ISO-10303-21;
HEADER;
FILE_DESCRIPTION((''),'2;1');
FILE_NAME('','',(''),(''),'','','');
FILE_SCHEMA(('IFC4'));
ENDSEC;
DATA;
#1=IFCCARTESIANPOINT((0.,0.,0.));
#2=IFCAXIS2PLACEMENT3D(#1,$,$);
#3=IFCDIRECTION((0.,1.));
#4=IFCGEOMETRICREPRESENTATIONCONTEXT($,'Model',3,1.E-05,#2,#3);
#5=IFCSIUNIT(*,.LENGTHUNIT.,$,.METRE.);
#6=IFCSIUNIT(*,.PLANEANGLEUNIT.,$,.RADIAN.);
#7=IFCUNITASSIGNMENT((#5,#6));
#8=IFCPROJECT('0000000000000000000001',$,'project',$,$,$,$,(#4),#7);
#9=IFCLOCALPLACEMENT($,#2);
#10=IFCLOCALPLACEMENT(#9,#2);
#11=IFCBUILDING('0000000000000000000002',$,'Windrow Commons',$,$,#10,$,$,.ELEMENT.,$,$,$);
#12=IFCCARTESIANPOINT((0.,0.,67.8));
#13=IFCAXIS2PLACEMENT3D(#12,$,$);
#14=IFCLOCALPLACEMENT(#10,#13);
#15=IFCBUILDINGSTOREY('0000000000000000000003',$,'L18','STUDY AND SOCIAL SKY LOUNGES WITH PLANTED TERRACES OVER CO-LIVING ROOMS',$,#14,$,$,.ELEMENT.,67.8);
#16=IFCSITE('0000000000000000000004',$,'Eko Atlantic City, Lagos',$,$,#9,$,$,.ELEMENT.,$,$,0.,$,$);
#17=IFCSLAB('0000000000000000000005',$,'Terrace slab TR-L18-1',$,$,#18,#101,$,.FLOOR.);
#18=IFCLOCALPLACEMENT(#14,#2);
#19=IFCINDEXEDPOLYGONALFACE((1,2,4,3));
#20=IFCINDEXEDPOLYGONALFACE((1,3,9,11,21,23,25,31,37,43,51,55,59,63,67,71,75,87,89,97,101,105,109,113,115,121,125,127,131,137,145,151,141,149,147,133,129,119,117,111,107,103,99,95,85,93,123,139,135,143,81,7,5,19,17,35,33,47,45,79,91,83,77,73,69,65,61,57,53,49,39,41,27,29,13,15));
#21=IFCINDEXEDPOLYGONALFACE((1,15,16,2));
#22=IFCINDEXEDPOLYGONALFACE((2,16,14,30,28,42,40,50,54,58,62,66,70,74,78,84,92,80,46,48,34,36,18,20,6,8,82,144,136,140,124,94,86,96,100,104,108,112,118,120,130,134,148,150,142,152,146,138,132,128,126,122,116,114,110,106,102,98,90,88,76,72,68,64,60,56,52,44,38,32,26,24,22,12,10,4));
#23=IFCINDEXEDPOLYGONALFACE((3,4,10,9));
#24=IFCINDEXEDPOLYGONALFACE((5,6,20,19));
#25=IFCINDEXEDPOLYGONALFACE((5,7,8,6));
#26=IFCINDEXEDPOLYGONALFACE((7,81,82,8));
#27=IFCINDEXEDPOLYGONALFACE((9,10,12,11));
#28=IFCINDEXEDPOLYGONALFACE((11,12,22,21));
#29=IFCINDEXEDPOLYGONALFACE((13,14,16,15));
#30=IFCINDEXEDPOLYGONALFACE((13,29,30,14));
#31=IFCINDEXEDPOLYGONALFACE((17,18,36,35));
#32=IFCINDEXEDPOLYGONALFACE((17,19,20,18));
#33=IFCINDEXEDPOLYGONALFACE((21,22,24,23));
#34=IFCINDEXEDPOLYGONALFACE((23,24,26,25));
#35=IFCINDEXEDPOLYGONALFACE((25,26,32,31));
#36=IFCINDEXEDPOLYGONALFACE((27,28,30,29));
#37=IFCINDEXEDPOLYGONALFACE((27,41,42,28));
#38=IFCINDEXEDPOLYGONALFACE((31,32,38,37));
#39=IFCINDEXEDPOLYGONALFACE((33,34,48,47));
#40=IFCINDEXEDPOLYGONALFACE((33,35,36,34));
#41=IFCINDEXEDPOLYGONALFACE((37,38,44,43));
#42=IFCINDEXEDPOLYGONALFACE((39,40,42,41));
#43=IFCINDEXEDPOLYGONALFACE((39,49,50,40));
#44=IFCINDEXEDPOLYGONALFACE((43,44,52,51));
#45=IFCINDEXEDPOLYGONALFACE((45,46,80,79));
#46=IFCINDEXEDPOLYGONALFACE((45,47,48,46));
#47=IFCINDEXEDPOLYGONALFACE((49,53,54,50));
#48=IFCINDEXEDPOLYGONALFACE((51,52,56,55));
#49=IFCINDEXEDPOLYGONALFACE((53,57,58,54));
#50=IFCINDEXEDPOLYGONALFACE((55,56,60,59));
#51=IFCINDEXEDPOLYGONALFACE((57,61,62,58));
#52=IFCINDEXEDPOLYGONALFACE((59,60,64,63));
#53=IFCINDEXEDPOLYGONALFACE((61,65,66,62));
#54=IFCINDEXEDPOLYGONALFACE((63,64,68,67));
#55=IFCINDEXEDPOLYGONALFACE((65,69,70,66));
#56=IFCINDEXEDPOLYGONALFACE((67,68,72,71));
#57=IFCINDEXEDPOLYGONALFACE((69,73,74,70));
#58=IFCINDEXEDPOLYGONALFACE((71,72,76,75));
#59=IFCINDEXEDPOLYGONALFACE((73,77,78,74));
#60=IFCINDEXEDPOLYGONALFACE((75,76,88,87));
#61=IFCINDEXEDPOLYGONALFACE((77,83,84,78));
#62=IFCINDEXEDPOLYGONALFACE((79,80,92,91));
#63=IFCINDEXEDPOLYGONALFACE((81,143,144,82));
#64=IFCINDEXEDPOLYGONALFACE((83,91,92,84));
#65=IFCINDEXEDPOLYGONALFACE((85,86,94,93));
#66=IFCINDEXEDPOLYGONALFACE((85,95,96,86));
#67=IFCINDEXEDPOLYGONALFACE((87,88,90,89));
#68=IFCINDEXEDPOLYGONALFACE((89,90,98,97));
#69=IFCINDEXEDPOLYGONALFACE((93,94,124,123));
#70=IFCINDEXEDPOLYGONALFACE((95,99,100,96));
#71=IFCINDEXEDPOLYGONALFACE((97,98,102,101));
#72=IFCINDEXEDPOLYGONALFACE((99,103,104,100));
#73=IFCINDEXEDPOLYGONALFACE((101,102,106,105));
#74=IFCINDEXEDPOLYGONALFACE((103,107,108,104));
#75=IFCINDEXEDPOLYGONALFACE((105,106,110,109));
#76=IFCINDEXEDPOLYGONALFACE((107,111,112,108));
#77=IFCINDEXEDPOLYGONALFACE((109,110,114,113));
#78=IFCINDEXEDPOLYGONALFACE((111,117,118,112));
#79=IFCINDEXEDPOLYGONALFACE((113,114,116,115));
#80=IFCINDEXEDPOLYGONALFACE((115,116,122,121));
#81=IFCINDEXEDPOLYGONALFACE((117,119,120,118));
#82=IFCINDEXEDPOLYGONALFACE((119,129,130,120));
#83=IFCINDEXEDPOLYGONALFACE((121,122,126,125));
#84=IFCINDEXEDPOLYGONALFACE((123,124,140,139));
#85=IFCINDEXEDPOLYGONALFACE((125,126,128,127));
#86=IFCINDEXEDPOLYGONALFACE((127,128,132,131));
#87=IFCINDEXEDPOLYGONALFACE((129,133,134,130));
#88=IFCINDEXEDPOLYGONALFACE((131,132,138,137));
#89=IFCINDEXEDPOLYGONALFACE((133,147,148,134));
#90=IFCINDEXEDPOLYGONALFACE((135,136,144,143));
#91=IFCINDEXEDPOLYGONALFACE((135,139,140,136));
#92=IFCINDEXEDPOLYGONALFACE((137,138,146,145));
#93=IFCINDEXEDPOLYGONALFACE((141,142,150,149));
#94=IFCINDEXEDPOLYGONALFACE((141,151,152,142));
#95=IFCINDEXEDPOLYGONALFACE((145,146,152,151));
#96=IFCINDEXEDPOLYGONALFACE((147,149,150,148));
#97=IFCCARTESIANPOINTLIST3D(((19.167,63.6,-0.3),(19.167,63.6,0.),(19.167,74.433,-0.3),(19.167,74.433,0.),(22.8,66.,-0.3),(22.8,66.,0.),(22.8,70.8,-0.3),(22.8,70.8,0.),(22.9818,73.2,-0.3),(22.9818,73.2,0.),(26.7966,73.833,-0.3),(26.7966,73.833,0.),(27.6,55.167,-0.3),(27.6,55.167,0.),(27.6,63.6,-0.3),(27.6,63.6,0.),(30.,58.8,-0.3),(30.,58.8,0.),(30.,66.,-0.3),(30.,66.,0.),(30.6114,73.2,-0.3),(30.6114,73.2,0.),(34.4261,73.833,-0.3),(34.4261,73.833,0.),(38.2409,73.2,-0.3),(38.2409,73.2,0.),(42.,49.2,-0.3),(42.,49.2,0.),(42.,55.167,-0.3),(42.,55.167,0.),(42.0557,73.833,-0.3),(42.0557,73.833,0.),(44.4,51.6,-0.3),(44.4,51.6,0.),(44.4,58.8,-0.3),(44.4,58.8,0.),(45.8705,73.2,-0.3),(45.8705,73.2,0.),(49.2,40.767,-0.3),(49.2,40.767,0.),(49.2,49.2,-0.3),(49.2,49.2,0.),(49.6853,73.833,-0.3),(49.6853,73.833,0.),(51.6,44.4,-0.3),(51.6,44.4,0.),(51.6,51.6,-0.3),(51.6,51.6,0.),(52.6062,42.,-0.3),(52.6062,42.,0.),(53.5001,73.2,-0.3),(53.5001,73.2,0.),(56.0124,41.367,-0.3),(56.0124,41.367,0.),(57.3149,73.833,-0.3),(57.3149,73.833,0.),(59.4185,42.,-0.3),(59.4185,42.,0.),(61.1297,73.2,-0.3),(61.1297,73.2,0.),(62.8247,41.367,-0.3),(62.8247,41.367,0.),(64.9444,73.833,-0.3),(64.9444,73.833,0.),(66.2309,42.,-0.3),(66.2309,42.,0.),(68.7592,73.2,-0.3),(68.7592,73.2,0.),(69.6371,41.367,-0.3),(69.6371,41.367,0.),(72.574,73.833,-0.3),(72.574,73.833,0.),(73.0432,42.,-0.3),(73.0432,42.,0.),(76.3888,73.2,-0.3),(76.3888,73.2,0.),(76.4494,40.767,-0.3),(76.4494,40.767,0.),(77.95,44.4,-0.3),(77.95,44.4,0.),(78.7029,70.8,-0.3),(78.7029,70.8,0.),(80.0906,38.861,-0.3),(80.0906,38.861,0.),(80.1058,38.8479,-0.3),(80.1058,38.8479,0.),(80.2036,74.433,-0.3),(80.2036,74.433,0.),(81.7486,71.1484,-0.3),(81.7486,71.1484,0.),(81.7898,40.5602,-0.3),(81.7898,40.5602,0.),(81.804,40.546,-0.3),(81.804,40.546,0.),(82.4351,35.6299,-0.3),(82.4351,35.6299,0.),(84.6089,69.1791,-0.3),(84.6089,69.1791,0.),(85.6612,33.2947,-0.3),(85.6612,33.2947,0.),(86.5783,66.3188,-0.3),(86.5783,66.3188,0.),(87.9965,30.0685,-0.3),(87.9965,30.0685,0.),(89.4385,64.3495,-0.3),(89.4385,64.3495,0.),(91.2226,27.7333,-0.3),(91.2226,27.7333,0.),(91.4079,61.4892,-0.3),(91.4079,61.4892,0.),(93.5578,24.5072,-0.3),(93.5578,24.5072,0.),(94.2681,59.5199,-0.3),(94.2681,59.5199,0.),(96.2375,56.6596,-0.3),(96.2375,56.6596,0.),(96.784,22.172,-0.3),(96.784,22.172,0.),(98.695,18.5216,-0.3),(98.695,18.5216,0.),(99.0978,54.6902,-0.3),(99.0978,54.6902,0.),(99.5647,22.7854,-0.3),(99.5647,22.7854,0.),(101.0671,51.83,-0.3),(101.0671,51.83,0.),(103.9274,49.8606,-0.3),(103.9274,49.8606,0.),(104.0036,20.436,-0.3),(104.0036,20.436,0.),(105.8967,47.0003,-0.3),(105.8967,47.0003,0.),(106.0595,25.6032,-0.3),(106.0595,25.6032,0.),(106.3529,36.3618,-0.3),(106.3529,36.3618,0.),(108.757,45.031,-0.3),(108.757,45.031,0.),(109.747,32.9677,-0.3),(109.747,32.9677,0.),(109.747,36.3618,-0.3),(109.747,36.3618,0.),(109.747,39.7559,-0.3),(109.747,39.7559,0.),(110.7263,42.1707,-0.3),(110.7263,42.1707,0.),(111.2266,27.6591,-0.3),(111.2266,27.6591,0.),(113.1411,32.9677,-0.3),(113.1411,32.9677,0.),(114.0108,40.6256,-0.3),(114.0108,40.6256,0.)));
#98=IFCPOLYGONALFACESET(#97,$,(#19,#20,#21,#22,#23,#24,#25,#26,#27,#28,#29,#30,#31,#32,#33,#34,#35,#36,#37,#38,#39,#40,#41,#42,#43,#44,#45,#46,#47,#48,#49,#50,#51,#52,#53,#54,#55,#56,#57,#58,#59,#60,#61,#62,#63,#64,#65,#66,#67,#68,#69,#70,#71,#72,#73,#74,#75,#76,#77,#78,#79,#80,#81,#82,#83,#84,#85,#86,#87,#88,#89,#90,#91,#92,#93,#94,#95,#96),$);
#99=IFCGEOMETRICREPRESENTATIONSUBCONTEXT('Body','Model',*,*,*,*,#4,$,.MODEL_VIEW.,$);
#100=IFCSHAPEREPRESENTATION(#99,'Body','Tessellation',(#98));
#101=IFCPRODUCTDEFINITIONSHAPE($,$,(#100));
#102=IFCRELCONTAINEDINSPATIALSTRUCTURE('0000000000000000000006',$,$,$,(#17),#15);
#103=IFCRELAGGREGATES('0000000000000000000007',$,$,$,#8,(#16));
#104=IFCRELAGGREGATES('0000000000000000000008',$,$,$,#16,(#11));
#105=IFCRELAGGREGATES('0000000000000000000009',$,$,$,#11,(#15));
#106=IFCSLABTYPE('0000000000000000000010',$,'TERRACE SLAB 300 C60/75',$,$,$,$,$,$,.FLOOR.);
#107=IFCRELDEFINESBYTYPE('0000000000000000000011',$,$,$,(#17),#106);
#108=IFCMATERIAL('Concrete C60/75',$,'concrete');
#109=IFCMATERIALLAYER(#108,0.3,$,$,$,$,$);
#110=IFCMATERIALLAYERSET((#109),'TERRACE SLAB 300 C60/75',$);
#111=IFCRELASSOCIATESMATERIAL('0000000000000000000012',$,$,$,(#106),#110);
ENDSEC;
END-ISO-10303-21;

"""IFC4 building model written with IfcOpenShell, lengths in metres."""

from ifc_helpers import new_model, si_unit, direction, frame, origin, place, context, subcontext, project, spatial, polyline, outline, extrude, material, layer, layer_set, type_object, element, save


model = new_model("IFC4")

# Units and contexts
model_context = context("Model", 3, precision=1e-05, world=origin(), true_north=direction((0.0, 1.0)))
body_context = subcontext(model_context, "Body", "Model", "MODEL_VIEW")
ifc_project = project(units=[si_unit("LENGTHUNIT", "METRE"), si_unit("PLANEANGLEUNIT", "RADIAN")], contexts=[model_context])

# Site, building, storey
site_placement = place(None, origin())
site = spatial("IfcSite", under=ifc_project, at=site_placement, Name="Eko Atlantic City, Lagos", CompositionType="ELEMENT", RefElevation=0.0)
building_placement = place(site_placement, origin())
building = spatial("IfcBuilding", under=site, at=building_placement, Name="Windrow Commons", CompositionType="ELEMENT")
storey_placement = place(building_placement, frame((0.0, 0.0, 67.8)))
storey = spatial("IfcBuildingStorey", under=building, at=storey_placement, Name="L18", Description="STUDY AND SOCIAL SKY LOUNGES WITH PLANTED TERRACES OVER CO-LIVING ROOMS", CompositionType="ELEMENT", Elevation=67.8)

# Shared definitions
placement_1 = place(storey_placement, frame((0.0, 0.0, -0.3)))

# Slab
ifc_material_1 = material(Name="Concrete C60/75", Category="concrete")
ifc_layer_1 = layer(ifc_material_1, 0.3)
ifc_layer_set_1 = layer_set([ifc_layer_1], Name="TERRACE SLAB 300 C60/75")
slab_type_1 = type_object("IfcSlabType", Name="TERRACE SLAB 300 C60/75", PredefinedType="FLOOR", material=ifc_layer_set_1)
element("IfcSlab", 1, at=placement_1, inside=storey, type_object=slab_type_1, Name="Terrace slab TR-L18-1", PredefinedType="FLOOR", context=body_context, shape_type="SweptSolid", body=[
    extrude(outline(polyline([(87.9965, 30.0685), (91.2226, 27.7333), (93.5578, 24.5072), (96.784, 22.172), (98.695, 18.5216), (104.0036, 20.436), (106.0595, 25.6032), (111.2266, 27.6591), (113.1411, 32.9677), (109.747, 36.3618), (114.0108, 40.6256), (110.7263, 42.1707), (108.757, 45.031), (105.8967, 47.0003), (103.9274, 49.8606), (101.0671, 51.83), (99.0978, 54.6902), (96.2375, 56.6596), (94.2681, 59.5199), (91.4079, 61.4892), (89.4385, 64.3495), (86.5783, 66.3188), (84.6089, 69.1791), (81.7486, 71.1484), (80.2036, 74.433), (76.3888, 73.2), (72.574, 73.833), (68.7592, 73.2), (64.9444, 73.833), (61.1297, 73.2), (57.3149, 73.833), (53.5001, 73.2), (49.6853, 73.833), (45.8705, 73.2), (42.0557, 73.833), (38.2409, 73.2), (34.4261, 73.833), (30.6114, 73.2), (26.7966, 73.833), (22.9818, 73.2), (19.167, 74.433), (19.167, 63.6), (27.6, 63.6), (27.6, 55.167), (42.0, 55.167), (42.0, 49.2), (49.2, 49.2), (49.2, 40.767), (52.6062, 42.0), (56.0124, 41.367), (59.4185, 42.0), (62.8247, 41.367), (66.2309, 42.0), (69.6371, 41.367), (73.0432, 42.0), (76.4494, 40.767), (80.0906, 38.861), (81.7898, 40.5602), (77.95, 44.4), (51.6, 44.4), (51.6, 51.6), (44.4, 51.6), (44.4, 58.8), (30.0, 58.8), (30.0, 66.0), (22.8, 66.0), (22.8, 70.8), (78.7029, 70.8), (109.747, 39.7559), (106.3529, 36.3618), (109.747, 32.9677), (99.5647, 22.7854), (81.804, 40.546), (80.1058, 38.8479), (82.4351, 35.6299), (85.6612, 33.2947), (87.9965, 30.0685)])), origin(), (0.0, 0.0, 1.0), 0.3),
])

save(model, "model.ifc")
